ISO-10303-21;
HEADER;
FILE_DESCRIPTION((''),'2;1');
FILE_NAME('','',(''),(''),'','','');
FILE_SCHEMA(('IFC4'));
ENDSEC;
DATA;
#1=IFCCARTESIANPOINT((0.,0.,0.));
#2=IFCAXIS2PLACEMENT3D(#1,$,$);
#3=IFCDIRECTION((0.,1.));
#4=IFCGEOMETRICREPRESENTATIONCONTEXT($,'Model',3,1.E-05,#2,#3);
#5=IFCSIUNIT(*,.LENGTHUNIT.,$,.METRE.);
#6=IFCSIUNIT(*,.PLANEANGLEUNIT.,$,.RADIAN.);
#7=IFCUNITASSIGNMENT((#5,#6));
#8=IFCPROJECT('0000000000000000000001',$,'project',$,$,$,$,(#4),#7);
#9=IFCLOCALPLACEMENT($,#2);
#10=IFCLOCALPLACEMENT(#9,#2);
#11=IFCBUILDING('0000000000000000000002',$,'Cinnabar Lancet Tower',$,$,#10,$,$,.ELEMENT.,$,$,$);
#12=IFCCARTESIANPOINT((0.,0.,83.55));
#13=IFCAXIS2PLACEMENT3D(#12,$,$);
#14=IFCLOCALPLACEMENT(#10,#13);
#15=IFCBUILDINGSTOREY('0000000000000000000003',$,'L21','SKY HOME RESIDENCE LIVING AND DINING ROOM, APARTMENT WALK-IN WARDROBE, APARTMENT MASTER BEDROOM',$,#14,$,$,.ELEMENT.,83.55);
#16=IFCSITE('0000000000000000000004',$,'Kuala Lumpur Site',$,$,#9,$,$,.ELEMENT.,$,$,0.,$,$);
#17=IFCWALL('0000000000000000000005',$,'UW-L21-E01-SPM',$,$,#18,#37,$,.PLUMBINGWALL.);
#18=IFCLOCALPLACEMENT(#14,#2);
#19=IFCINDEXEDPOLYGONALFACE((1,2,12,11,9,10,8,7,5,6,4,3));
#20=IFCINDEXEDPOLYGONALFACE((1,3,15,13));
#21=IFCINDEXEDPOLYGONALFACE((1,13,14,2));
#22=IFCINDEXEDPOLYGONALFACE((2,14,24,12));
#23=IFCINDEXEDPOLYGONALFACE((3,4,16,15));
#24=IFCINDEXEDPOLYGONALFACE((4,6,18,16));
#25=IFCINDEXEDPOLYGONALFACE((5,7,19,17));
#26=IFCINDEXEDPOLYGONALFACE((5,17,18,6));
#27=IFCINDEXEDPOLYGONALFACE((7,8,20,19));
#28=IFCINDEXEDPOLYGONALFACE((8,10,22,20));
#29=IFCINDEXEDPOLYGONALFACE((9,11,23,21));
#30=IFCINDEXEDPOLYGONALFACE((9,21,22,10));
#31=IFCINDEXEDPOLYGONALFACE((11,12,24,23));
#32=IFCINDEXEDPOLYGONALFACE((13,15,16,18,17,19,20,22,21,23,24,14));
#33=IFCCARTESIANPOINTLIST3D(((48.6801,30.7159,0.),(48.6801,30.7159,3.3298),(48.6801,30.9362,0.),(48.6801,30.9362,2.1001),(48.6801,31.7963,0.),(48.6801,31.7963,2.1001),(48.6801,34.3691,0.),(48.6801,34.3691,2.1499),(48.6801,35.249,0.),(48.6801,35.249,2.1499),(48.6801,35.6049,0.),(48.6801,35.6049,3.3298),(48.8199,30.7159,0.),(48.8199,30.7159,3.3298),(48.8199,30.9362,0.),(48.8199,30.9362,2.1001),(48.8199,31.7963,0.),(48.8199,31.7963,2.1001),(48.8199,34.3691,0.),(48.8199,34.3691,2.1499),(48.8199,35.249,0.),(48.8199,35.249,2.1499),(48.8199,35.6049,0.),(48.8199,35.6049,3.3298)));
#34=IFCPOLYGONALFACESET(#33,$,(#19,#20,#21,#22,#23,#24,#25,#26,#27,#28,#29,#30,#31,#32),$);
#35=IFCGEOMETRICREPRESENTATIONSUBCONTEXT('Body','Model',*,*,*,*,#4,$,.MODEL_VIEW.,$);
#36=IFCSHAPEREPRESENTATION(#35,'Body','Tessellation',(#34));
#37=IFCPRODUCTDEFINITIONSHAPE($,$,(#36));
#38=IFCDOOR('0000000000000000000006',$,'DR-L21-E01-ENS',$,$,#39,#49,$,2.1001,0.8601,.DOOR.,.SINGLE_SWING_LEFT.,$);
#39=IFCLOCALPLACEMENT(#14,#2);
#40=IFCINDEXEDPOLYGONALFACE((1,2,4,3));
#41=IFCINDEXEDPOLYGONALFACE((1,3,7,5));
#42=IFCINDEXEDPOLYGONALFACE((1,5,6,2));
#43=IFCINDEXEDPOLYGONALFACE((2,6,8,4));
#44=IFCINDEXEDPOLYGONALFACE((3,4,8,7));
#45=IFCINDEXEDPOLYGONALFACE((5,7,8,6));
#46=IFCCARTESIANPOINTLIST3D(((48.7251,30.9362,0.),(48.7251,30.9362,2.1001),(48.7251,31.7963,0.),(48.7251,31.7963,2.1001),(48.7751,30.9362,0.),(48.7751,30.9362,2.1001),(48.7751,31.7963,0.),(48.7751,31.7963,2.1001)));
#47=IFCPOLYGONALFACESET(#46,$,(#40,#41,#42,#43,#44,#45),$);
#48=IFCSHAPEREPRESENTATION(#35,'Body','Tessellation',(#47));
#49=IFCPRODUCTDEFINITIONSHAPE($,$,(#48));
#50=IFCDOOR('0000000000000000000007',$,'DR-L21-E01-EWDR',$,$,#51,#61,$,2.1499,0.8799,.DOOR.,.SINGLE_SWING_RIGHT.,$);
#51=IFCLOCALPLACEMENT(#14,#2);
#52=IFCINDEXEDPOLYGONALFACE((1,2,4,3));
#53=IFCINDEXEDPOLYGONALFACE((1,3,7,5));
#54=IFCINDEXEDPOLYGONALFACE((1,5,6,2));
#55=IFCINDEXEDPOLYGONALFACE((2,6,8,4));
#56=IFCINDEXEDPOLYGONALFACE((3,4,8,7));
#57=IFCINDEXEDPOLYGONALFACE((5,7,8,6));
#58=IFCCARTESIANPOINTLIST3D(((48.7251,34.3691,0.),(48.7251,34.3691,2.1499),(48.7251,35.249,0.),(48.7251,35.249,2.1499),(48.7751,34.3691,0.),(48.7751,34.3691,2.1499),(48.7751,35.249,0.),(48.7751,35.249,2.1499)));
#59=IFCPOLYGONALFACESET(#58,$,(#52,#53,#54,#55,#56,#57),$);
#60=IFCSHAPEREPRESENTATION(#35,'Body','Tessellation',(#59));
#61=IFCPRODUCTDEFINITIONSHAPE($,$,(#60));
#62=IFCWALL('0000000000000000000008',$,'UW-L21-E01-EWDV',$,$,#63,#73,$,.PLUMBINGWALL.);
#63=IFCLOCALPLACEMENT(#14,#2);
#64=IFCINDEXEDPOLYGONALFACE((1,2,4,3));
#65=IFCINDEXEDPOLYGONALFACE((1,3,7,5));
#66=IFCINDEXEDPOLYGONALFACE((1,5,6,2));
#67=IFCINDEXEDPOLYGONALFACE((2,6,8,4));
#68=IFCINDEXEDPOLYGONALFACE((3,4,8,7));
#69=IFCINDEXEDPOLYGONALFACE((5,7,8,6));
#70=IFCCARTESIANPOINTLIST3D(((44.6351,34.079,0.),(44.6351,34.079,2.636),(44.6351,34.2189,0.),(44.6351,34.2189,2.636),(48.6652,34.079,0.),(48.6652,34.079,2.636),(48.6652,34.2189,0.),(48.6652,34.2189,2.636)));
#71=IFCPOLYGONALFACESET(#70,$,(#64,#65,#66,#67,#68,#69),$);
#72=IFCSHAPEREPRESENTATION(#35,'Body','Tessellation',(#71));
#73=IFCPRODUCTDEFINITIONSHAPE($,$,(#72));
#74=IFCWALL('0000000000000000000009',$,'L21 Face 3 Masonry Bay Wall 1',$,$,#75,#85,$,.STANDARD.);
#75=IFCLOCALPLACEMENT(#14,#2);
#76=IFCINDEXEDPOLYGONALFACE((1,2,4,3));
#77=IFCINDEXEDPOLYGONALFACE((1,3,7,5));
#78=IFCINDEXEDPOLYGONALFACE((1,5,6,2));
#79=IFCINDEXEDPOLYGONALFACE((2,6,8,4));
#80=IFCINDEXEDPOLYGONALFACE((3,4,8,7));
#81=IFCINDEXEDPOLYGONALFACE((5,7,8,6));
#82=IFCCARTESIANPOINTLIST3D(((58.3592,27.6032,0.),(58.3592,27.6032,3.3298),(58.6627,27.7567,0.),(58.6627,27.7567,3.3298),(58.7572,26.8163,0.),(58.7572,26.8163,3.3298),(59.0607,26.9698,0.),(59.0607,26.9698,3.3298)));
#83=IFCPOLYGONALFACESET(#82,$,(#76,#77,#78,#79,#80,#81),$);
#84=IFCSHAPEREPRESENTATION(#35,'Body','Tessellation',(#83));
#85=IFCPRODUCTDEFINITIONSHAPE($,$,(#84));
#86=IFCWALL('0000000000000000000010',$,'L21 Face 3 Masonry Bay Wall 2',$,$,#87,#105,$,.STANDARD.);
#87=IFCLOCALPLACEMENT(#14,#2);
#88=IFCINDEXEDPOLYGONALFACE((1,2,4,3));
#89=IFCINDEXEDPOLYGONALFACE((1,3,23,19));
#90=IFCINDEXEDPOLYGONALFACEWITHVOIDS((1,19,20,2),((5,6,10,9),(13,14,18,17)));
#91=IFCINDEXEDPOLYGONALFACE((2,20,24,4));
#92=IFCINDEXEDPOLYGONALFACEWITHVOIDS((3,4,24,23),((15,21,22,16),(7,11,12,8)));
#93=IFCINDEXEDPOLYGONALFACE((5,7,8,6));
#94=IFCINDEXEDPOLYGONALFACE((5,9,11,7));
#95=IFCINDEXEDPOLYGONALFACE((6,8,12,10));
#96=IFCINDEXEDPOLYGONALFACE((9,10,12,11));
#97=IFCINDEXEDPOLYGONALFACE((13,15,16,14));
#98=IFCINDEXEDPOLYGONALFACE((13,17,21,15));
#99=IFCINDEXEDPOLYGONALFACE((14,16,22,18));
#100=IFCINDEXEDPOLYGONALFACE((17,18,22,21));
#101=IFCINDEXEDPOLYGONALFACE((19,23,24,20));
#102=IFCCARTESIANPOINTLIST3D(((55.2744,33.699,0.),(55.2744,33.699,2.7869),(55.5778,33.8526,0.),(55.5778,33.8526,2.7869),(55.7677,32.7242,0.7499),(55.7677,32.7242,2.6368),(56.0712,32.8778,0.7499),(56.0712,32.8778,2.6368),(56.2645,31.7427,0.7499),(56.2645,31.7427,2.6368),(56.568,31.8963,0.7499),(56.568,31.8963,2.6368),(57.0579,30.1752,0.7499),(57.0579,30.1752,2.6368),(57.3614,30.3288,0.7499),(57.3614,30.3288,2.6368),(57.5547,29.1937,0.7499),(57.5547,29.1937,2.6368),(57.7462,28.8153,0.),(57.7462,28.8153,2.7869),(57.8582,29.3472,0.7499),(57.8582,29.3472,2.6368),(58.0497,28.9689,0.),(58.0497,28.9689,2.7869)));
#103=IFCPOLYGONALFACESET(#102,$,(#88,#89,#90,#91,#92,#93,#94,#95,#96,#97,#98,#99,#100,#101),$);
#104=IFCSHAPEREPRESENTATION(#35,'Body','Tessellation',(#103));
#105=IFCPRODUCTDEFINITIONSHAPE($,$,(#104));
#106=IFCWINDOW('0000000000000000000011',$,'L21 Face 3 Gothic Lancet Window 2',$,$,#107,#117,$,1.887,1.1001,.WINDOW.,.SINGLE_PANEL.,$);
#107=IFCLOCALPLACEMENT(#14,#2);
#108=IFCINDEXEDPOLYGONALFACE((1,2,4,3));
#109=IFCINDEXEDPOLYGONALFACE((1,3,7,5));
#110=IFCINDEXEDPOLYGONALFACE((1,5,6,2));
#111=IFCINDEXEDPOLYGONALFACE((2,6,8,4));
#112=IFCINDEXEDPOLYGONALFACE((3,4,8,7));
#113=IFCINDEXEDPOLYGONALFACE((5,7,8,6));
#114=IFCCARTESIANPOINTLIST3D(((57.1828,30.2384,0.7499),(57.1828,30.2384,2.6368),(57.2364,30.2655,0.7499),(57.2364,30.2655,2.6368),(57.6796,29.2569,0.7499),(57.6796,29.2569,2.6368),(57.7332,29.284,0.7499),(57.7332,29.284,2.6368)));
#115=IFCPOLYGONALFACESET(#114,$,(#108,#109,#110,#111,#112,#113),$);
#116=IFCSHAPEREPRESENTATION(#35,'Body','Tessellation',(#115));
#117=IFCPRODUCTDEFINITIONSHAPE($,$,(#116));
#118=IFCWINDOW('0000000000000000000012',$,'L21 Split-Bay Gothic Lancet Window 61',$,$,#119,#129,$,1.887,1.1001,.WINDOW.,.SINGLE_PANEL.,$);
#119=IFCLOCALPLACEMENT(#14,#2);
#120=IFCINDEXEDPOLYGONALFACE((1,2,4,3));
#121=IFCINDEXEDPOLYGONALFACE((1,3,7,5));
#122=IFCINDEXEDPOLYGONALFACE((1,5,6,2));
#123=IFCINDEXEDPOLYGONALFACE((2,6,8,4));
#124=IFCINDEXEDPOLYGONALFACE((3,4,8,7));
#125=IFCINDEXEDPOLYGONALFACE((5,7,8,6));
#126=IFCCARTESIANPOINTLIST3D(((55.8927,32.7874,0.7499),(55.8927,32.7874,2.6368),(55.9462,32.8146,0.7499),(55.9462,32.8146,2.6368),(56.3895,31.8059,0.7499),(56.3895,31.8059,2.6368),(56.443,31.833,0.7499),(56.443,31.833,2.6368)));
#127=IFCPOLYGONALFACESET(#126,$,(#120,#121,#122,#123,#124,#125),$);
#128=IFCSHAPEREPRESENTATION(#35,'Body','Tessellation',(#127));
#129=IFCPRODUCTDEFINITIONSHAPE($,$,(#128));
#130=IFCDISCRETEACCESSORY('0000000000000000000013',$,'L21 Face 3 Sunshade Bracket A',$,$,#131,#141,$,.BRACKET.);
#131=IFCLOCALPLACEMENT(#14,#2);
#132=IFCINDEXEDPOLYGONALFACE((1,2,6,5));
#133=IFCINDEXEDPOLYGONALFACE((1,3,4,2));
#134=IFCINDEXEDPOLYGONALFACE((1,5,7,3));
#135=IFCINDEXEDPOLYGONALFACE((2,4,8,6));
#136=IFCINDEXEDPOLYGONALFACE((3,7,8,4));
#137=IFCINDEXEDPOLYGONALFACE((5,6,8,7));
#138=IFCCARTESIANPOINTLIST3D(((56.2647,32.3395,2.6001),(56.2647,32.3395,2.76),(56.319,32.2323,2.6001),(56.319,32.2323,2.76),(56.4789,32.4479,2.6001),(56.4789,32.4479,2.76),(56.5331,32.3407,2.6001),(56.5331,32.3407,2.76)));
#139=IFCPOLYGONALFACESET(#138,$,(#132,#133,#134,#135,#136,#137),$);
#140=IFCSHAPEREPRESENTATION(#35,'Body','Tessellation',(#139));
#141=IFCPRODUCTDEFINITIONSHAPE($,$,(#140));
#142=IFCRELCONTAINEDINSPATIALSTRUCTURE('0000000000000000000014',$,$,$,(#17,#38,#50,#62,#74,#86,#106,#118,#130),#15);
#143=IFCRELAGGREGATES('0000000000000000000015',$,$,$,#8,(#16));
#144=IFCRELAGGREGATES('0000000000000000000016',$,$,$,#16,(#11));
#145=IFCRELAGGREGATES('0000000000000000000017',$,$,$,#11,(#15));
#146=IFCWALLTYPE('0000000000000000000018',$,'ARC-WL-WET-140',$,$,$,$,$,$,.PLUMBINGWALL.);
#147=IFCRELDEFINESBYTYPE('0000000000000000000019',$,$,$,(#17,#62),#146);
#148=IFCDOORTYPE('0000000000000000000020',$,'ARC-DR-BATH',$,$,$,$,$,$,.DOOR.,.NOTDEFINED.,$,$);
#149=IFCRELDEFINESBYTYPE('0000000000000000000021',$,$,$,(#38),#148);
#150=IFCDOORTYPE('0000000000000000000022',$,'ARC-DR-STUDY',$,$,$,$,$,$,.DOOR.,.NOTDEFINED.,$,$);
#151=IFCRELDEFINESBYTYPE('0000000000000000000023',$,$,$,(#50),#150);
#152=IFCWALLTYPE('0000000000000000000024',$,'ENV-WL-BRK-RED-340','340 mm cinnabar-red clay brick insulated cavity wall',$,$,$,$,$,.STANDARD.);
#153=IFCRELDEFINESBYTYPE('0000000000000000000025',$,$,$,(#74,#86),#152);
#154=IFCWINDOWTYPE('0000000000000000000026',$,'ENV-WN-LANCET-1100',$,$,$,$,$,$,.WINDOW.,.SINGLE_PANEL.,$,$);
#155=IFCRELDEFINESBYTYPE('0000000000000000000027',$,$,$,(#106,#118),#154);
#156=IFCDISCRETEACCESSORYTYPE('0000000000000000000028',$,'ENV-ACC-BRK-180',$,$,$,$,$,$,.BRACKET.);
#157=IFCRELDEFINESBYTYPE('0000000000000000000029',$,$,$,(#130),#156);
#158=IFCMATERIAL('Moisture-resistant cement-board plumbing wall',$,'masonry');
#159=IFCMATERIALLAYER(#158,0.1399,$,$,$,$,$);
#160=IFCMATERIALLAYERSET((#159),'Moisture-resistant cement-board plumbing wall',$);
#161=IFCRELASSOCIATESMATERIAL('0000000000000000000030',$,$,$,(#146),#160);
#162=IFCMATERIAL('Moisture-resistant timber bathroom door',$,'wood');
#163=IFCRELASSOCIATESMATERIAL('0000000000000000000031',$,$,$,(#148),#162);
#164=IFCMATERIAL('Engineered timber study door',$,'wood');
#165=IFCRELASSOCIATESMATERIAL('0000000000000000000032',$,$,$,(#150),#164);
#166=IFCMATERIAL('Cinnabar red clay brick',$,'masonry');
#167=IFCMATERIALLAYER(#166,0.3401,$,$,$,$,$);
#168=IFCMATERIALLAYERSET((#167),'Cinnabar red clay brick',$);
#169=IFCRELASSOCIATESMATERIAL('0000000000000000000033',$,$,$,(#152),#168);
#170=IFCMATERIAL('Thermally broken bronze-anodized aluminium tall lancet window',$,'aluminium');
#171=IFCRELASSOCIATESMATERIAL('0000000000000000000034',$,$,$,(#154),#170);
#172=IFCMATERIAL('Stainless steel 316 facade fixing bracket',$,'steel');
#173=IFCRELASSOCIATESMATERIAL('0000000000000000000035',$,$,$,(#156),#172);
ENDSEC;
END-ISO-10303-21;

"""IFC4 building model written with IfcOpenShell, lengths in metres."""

from ifc_helpers import new_model, si_unit, direction, frame, frame_2d, origin, origin_2d, place, context, subcontext, project, spatial, rectangle, extrude, material, layer, layer_set, type_object, element, fill, save


model = new_model("IFC4")

# Units and contexts
model_context = context("Model", 3, precision=1e-05, world=origin(), true_north=direction((0.0, 1.0)))
body_context = subcontext(model_context, "Body", "Model", "MODEL_VIEW")
ifc_project = project(units=[si_unit("LENGTHUNIT", "METRE"), si_unit("PLANEANGLEUNIT", "RADIAN")], contexts=[model_context])

# Site, building, storey
site_placement = place(None, origin())
site = spatial("IfcSite", under=ifc_project, at=site_placement, Name="Kuala Lumpur Site", CompositionType="ELEMENT", RefElevation=0.0)
building_placement = place(site_placement, origin())
building = spatial("IfcBuilding", under=site, at=building_placement, Name="Cinnabar Lancet Tower", CompositionType="ELEMENT")
storey_placement = place(building_placement, frame((0.0, 0.0, 83.55)))
storey = spatial("IfcBuildingStorey", under=building, at=storey_placement, Name="L21", Description="SKY HOME RESIDENCE LIVING AND DINING ROOM, APARTMENT WALK-IN WARDROBE, APARTMENT MASTER BEDROOM", CompositionType="ELEMENT", Elevation=83.55)

# Wall, openings, doors
ifc_material_1 = material(Name="Moisture-resistant cement-board plumbing wall", Category="masonry")
ifc_layer_1 = layer(ifc_material_1, 0.1399)
ifc_layer_set_1 = layer_set([ifc_layer_1], Name="Moisture-resistant cement-board plumbing wall")
wall_type_1 = type_object("IfcWallType", Name="ARC-WL-WET-140", PredefinedType="PLUMBINGWALL", material=ifc_layer_set_1)
wall_1_placement = place(storey_placement, frame((48.75, 30.7161, 0.0), z_axis=(0.0, 0.0, 1.0), x_axis=(0.0, 1.0, 0.0)))
wall_1 = element("IfcWall", 1, at=wall_1_placement, inside=storey, type_object=wall_type_1, Name="UW-L21-E01-SPM", PredefinedType="PLUMBINGWALL", context=body_context, shape_type="SweptSolid", body=[
    extrude(rectangle(XDim=4.8889, YDim=0.1399, at=frame_2d((2.4443, 0.0))), origin(), (0.0, 0.0, 1.0), 3.3298),
])
opening_1_placement = place(wall_1_placement, frame((0.22, 0.0, 0.0)))
opening_1 = element("IfcOpeningElement", 2, at=opening_1_placement, cuts=wall_1, PredefinedType="OPENING", context=body_context, shape_type="SweptSolid", body=[
    extrude(rectangle(XDim=0.8601, YDim=2.1001, at=frame_2d((0.4302, 1.05))), frame((0.0, 0.0798, 0.0), z_axis=(0.0, -1.0, 0.0), x_axis=(1.0, 0.0, 0.0)), (0.0, 0.0, 1.0), 0.1599),
])
opening_2_placement = place(wall_1_placement, frame((3.6531, 0.0, 0.0)))
opening_2 = element("IfcOpeningElement", 3, at=opening_2_placement, cuts=wall_1, PredefinedType="OPENING", context=body_context, shape_type="SweptSolid", body=[
    extrude(rectangle(XDim=0.8799, YDim=2.1499, at=frame_2d((0.4399, 1.075))), frame((0.0, 0.0798, 0.0), z_axis=(0.0, -1.0, 0.0), x_axis=(1.0, 0.0, 0.0)), (0.0, 0.0, 1.0), 0.1599),
])
ifc_material_2 = material(Name="Moisture-resistant timber bathroom door", Category="wood")
door_type_1 = type_object("IfcDoorType", Name="ARC-DR-BATH", OperationType="NOTDEFINED", PredefinedType="DOOR", material=ifc_material_2)
door_1_placement = place(opening_1_placement, origin())
door_1 = element("IfcDoor", 4, at=door_1_placement, inside=storey, type_object=door_type_1, Name="DR-L21-E01-ENS", OperationType="SINGLE_SWING_LEFT", OverallHeight=2.1001, OverallWidth=0.8601, PredefinedType="DOOR", context=body_context, shape_type="SweptSolid", body=[
    extrude(rectangle(XDim=0.8601, YDim=2.1001, at=frame_2d((0.4302, 1.05))), frame((0.0, 0.0249, 0.0), z_axis=(0.0, -1.0, 0.0), x_axis=(1.0, 0.0, 0.0)), (0.0, 0.0, 1.0), 0.05),
])
fill(opening_1, door_1)
ifc_material_3 = material(Name="Engineered timber study door", Category="wood")
door_type_2 = type_object("IfcDoorType", Name="ARC-DR-STUDY", OperationType="NOTDEFINED", PredefinedType="DOOR", material=ifc_material_3)
door_2_placement = place(opening_2_placement, origin())
door_2 = element("IfcDoor", 5, at=door_2_placement, inside=storey, type_object=door_type_2, Name="DR-L21-E01-EWDR", OperationType="SINGLE_SWING_RIGHT", OverallHeight=2.1499, OverallWidth=0.8799, PredefinedType="DOOR", context=body_context, shape_type="SweptSolid", body=[
    extrude(rectangle(XDim=0.8799, YDim=2.1499, at=frame_2d((0.4399, 1.075))), frame((0.0, 0.0249, 0.0), z_axis=(0.0, -1.0, 0.0), x_axis=(1.0, 0.0, 0.0)), (0.0, 0.0, 1.0), 0.05),
])
fill(opening_2, door_2)

# Walls
wall_2_placement = place(storey_placement, frame((44.635, 34.1489, 0.0), z_axis=(0.0, 0.0, 1.0), x_axis=(1.0, 0.0, 0.0)))
element("IfcWall", 6, at=wall_2_placement, inside=storey, type_object=wall_type_1, Name="UW-L21-E01-EWDV", PredefinedType="PLUMBINGWALL", context=body_context, shape_type="SweptSolid", body=[
    extrude(rectangle(XDim=4.03, YDim=0.1399, at=frame_2d((2.0151, 0.0))), origin(), (0.0, 0.0, 1.0), 2.636),
])
ifc_material_4 = material(Name="Cinnabar red clay brick", Category="masonry")
ifc_layer_2 = layer(ifc_material_4, 0.3401)
ifc_layer_set_2 = layer_set([ifc_layer_2], Name="Cinnabar red clay brick")
wall_type_2 = type_object("IfcWallType", Name="ENV-WL-BRK-RED-340", Description="340 mm cinnabar-red clay brick insulated cavity wall", PredefinedType="STANDARD", material=ifc_layer_set_2)
wall_3_placement = place(storey_placement, frame((58.9089, 26.8931, 0.0), z_axis=(0.0, 0.0, 1.0), x_axis=(-0.451307, 0.892369, 0.0)))
element("IfcWall", 7, at=wall_3_placement, inside=storey, type_object=wall_type_2, Name="L21 Face 3 Masonry Bay Wall 1", PredefinedType="STANDARD", context=body_context, shape_type="SweptSolid", body=[
    extrude(rectangle(XDim=0.8818, YDim=0.3401, at=frame_2d((0.4409, 0.0))), origin(), (0.0, 0.0, 1.0), 3.3298),
])

# Wall, openings, windows
wall_4_placement = place(storey_placement, frame((57.8979, 28.8921, 0.0), z_axis=(0.0, 0.0, 1.0), x_axis=(-0.451597, 0.892222, 0.0)))
wall_4 = element("IfcWall", 8, at=wall_4_placement, inside=storey, type_object=wall_type_2, Name="L21 Face 3 Masonry Bay Wall 2", PredefinedType="STANDARD", context=body_context, shape_type="SweptSolid", body=[
    extrude(rectangle(XDim=5.4736, YDim=0.3401, at=frame_2d((2.7368, 0.0))), origin(), (0.0, 0.0, 1.0), 2.7869),
])
opening_3_placement = place(wall_4_placement, frame((0.4241, 0.0, 0.75)))
opening_3 = element("IfcOpeningElement", 9, at=opening_3_placement, cuts=wall_4, PredefinedType="OPENING", context=body_context, shape_type="SweptSolid", body=[
    extrude(rectangle(XDim=1.1001, YDim=1.887, at=frame_2d((0.55, 0.9434))), frame((0.0, 0.1799, 0.0), z_axis=(0.0, -1.0, 0.0), x_axis=(1.0, 0.0, 0.0)), (0.0, 0.0, 1.0), 0.3601),
])
opening_4_placement = place(wall_4_placement, frame((3.281, 0.0, 0.75)))
opening_4 = element("IfcOpeningElement", 10, at=opening_4_placement, cuts=wall_4, PredefinedType="OPENING", context=body_context, shape_type="SweptSolid", body=[
    extrude(rectangle(XDim=1.1001, YDim=1.887, at=frame_2d((0.55, 0.9434))), frame((0.0, 0.1799, 0.0), z_axis=(0.0, -1.0, 0.0), x_axis=(1.0, 0.0, 0.0)), (0.0, 0.0, 1.0), 0.3601),
])
ifc_material_5 = material(Name="Thermally broken bronze-anodized aluminium tall lancet window", Category="aluminium")
window_type = type_object("IfcWindowType", Name="ENV-WN-LANCET-1100", PartitioningType="SINGLE_PANEL", PredefinedType="WINDOW", material=ifc_material_5)
window_1_placement = place(opening_3_placement, origin())
window_1 = element("IfcWindow", 11, at=window_1_placement, inside=storey, type_object=window_type, Name="L21 Face 3 Gothic Lancet Window 2", OverallHeight=1.887, OverallWidth=1.1001, PartitioningType="SINGLE_PANEL", PredefinedType="WINDOW", context=body_context, shape_type="SweptSolid", body=[
    extrude(rectangle(XDim=1.1001, YDim=1.887, at=frame_2d((0.55, 0.9434))), frame((0.0, 0.03, 0.0), z_axis=(0.0, -1.0, 0.0), x_axis=(1.0, 0.0, 0.0)), (0.0, 0.0, 1.0), 0.0601),
])
fill(opening_3, window_1)
window_2_placement = place(opening_4_placement, origin())
window_2 = element("IfcWindow", 12, at=window_2_placement, inside=storey, type_object=window_type, Name="L21 Split-Bay Gothic Lancet Window 61", OverallHeight=1.887, OverallWidth=1.1001, PartitioningType="SINGLE_PANEL", PredefinedType="WINDOW", context=body_context, shape_type="SweptSolid", body=[
    extrude(rectangle(XDim=1.1001, YDim=1.887, at=frame_2d((0.55, 0.9434))), frame((0.0, 0.03, 0.0), z_axis=(0.0, -1.0, 0.0), x_axis=(1.0, 0.0, 0.0)), (0.0, 0.0, 1.0), 0.0601),
])
fill(opening_4, window_2)

# Discrete accessory
ifc_material_6 = material(Name="Stainless steel 316 facade fixing bracket", Category="steel")
discrete_accessory_type = type_object("IfcDiscreteAccessoryType", Name="ENV-ACC-BRK-180", PredefinedType="BRACKET", material=ifc_material_6)
discrete_accessory_placement = place(storey_placement, frame((56.3989, 32.3401, 2.6001), z_axis=(0.0, 0.0, 1.0), x_axis=(-0.451501, 0.892271, 0.0)))
element("IfcDiscreteAccessory", 13, at=discrete_accessory_placement, inside=storey, type_object=discrete_accessory_type, Name="L21 Face 3 Sunshade Bracket A", PredefinedType="BRACKET", context=body_context, shape_type="SweptSolid", body=[
    extrude(rectangle(XDim=0.1201, YDim=0.24, at=origin_2d()), origin(), (0.0, 0.0, 1.0), 0.1599),
])

save(model, "model.ifc")
